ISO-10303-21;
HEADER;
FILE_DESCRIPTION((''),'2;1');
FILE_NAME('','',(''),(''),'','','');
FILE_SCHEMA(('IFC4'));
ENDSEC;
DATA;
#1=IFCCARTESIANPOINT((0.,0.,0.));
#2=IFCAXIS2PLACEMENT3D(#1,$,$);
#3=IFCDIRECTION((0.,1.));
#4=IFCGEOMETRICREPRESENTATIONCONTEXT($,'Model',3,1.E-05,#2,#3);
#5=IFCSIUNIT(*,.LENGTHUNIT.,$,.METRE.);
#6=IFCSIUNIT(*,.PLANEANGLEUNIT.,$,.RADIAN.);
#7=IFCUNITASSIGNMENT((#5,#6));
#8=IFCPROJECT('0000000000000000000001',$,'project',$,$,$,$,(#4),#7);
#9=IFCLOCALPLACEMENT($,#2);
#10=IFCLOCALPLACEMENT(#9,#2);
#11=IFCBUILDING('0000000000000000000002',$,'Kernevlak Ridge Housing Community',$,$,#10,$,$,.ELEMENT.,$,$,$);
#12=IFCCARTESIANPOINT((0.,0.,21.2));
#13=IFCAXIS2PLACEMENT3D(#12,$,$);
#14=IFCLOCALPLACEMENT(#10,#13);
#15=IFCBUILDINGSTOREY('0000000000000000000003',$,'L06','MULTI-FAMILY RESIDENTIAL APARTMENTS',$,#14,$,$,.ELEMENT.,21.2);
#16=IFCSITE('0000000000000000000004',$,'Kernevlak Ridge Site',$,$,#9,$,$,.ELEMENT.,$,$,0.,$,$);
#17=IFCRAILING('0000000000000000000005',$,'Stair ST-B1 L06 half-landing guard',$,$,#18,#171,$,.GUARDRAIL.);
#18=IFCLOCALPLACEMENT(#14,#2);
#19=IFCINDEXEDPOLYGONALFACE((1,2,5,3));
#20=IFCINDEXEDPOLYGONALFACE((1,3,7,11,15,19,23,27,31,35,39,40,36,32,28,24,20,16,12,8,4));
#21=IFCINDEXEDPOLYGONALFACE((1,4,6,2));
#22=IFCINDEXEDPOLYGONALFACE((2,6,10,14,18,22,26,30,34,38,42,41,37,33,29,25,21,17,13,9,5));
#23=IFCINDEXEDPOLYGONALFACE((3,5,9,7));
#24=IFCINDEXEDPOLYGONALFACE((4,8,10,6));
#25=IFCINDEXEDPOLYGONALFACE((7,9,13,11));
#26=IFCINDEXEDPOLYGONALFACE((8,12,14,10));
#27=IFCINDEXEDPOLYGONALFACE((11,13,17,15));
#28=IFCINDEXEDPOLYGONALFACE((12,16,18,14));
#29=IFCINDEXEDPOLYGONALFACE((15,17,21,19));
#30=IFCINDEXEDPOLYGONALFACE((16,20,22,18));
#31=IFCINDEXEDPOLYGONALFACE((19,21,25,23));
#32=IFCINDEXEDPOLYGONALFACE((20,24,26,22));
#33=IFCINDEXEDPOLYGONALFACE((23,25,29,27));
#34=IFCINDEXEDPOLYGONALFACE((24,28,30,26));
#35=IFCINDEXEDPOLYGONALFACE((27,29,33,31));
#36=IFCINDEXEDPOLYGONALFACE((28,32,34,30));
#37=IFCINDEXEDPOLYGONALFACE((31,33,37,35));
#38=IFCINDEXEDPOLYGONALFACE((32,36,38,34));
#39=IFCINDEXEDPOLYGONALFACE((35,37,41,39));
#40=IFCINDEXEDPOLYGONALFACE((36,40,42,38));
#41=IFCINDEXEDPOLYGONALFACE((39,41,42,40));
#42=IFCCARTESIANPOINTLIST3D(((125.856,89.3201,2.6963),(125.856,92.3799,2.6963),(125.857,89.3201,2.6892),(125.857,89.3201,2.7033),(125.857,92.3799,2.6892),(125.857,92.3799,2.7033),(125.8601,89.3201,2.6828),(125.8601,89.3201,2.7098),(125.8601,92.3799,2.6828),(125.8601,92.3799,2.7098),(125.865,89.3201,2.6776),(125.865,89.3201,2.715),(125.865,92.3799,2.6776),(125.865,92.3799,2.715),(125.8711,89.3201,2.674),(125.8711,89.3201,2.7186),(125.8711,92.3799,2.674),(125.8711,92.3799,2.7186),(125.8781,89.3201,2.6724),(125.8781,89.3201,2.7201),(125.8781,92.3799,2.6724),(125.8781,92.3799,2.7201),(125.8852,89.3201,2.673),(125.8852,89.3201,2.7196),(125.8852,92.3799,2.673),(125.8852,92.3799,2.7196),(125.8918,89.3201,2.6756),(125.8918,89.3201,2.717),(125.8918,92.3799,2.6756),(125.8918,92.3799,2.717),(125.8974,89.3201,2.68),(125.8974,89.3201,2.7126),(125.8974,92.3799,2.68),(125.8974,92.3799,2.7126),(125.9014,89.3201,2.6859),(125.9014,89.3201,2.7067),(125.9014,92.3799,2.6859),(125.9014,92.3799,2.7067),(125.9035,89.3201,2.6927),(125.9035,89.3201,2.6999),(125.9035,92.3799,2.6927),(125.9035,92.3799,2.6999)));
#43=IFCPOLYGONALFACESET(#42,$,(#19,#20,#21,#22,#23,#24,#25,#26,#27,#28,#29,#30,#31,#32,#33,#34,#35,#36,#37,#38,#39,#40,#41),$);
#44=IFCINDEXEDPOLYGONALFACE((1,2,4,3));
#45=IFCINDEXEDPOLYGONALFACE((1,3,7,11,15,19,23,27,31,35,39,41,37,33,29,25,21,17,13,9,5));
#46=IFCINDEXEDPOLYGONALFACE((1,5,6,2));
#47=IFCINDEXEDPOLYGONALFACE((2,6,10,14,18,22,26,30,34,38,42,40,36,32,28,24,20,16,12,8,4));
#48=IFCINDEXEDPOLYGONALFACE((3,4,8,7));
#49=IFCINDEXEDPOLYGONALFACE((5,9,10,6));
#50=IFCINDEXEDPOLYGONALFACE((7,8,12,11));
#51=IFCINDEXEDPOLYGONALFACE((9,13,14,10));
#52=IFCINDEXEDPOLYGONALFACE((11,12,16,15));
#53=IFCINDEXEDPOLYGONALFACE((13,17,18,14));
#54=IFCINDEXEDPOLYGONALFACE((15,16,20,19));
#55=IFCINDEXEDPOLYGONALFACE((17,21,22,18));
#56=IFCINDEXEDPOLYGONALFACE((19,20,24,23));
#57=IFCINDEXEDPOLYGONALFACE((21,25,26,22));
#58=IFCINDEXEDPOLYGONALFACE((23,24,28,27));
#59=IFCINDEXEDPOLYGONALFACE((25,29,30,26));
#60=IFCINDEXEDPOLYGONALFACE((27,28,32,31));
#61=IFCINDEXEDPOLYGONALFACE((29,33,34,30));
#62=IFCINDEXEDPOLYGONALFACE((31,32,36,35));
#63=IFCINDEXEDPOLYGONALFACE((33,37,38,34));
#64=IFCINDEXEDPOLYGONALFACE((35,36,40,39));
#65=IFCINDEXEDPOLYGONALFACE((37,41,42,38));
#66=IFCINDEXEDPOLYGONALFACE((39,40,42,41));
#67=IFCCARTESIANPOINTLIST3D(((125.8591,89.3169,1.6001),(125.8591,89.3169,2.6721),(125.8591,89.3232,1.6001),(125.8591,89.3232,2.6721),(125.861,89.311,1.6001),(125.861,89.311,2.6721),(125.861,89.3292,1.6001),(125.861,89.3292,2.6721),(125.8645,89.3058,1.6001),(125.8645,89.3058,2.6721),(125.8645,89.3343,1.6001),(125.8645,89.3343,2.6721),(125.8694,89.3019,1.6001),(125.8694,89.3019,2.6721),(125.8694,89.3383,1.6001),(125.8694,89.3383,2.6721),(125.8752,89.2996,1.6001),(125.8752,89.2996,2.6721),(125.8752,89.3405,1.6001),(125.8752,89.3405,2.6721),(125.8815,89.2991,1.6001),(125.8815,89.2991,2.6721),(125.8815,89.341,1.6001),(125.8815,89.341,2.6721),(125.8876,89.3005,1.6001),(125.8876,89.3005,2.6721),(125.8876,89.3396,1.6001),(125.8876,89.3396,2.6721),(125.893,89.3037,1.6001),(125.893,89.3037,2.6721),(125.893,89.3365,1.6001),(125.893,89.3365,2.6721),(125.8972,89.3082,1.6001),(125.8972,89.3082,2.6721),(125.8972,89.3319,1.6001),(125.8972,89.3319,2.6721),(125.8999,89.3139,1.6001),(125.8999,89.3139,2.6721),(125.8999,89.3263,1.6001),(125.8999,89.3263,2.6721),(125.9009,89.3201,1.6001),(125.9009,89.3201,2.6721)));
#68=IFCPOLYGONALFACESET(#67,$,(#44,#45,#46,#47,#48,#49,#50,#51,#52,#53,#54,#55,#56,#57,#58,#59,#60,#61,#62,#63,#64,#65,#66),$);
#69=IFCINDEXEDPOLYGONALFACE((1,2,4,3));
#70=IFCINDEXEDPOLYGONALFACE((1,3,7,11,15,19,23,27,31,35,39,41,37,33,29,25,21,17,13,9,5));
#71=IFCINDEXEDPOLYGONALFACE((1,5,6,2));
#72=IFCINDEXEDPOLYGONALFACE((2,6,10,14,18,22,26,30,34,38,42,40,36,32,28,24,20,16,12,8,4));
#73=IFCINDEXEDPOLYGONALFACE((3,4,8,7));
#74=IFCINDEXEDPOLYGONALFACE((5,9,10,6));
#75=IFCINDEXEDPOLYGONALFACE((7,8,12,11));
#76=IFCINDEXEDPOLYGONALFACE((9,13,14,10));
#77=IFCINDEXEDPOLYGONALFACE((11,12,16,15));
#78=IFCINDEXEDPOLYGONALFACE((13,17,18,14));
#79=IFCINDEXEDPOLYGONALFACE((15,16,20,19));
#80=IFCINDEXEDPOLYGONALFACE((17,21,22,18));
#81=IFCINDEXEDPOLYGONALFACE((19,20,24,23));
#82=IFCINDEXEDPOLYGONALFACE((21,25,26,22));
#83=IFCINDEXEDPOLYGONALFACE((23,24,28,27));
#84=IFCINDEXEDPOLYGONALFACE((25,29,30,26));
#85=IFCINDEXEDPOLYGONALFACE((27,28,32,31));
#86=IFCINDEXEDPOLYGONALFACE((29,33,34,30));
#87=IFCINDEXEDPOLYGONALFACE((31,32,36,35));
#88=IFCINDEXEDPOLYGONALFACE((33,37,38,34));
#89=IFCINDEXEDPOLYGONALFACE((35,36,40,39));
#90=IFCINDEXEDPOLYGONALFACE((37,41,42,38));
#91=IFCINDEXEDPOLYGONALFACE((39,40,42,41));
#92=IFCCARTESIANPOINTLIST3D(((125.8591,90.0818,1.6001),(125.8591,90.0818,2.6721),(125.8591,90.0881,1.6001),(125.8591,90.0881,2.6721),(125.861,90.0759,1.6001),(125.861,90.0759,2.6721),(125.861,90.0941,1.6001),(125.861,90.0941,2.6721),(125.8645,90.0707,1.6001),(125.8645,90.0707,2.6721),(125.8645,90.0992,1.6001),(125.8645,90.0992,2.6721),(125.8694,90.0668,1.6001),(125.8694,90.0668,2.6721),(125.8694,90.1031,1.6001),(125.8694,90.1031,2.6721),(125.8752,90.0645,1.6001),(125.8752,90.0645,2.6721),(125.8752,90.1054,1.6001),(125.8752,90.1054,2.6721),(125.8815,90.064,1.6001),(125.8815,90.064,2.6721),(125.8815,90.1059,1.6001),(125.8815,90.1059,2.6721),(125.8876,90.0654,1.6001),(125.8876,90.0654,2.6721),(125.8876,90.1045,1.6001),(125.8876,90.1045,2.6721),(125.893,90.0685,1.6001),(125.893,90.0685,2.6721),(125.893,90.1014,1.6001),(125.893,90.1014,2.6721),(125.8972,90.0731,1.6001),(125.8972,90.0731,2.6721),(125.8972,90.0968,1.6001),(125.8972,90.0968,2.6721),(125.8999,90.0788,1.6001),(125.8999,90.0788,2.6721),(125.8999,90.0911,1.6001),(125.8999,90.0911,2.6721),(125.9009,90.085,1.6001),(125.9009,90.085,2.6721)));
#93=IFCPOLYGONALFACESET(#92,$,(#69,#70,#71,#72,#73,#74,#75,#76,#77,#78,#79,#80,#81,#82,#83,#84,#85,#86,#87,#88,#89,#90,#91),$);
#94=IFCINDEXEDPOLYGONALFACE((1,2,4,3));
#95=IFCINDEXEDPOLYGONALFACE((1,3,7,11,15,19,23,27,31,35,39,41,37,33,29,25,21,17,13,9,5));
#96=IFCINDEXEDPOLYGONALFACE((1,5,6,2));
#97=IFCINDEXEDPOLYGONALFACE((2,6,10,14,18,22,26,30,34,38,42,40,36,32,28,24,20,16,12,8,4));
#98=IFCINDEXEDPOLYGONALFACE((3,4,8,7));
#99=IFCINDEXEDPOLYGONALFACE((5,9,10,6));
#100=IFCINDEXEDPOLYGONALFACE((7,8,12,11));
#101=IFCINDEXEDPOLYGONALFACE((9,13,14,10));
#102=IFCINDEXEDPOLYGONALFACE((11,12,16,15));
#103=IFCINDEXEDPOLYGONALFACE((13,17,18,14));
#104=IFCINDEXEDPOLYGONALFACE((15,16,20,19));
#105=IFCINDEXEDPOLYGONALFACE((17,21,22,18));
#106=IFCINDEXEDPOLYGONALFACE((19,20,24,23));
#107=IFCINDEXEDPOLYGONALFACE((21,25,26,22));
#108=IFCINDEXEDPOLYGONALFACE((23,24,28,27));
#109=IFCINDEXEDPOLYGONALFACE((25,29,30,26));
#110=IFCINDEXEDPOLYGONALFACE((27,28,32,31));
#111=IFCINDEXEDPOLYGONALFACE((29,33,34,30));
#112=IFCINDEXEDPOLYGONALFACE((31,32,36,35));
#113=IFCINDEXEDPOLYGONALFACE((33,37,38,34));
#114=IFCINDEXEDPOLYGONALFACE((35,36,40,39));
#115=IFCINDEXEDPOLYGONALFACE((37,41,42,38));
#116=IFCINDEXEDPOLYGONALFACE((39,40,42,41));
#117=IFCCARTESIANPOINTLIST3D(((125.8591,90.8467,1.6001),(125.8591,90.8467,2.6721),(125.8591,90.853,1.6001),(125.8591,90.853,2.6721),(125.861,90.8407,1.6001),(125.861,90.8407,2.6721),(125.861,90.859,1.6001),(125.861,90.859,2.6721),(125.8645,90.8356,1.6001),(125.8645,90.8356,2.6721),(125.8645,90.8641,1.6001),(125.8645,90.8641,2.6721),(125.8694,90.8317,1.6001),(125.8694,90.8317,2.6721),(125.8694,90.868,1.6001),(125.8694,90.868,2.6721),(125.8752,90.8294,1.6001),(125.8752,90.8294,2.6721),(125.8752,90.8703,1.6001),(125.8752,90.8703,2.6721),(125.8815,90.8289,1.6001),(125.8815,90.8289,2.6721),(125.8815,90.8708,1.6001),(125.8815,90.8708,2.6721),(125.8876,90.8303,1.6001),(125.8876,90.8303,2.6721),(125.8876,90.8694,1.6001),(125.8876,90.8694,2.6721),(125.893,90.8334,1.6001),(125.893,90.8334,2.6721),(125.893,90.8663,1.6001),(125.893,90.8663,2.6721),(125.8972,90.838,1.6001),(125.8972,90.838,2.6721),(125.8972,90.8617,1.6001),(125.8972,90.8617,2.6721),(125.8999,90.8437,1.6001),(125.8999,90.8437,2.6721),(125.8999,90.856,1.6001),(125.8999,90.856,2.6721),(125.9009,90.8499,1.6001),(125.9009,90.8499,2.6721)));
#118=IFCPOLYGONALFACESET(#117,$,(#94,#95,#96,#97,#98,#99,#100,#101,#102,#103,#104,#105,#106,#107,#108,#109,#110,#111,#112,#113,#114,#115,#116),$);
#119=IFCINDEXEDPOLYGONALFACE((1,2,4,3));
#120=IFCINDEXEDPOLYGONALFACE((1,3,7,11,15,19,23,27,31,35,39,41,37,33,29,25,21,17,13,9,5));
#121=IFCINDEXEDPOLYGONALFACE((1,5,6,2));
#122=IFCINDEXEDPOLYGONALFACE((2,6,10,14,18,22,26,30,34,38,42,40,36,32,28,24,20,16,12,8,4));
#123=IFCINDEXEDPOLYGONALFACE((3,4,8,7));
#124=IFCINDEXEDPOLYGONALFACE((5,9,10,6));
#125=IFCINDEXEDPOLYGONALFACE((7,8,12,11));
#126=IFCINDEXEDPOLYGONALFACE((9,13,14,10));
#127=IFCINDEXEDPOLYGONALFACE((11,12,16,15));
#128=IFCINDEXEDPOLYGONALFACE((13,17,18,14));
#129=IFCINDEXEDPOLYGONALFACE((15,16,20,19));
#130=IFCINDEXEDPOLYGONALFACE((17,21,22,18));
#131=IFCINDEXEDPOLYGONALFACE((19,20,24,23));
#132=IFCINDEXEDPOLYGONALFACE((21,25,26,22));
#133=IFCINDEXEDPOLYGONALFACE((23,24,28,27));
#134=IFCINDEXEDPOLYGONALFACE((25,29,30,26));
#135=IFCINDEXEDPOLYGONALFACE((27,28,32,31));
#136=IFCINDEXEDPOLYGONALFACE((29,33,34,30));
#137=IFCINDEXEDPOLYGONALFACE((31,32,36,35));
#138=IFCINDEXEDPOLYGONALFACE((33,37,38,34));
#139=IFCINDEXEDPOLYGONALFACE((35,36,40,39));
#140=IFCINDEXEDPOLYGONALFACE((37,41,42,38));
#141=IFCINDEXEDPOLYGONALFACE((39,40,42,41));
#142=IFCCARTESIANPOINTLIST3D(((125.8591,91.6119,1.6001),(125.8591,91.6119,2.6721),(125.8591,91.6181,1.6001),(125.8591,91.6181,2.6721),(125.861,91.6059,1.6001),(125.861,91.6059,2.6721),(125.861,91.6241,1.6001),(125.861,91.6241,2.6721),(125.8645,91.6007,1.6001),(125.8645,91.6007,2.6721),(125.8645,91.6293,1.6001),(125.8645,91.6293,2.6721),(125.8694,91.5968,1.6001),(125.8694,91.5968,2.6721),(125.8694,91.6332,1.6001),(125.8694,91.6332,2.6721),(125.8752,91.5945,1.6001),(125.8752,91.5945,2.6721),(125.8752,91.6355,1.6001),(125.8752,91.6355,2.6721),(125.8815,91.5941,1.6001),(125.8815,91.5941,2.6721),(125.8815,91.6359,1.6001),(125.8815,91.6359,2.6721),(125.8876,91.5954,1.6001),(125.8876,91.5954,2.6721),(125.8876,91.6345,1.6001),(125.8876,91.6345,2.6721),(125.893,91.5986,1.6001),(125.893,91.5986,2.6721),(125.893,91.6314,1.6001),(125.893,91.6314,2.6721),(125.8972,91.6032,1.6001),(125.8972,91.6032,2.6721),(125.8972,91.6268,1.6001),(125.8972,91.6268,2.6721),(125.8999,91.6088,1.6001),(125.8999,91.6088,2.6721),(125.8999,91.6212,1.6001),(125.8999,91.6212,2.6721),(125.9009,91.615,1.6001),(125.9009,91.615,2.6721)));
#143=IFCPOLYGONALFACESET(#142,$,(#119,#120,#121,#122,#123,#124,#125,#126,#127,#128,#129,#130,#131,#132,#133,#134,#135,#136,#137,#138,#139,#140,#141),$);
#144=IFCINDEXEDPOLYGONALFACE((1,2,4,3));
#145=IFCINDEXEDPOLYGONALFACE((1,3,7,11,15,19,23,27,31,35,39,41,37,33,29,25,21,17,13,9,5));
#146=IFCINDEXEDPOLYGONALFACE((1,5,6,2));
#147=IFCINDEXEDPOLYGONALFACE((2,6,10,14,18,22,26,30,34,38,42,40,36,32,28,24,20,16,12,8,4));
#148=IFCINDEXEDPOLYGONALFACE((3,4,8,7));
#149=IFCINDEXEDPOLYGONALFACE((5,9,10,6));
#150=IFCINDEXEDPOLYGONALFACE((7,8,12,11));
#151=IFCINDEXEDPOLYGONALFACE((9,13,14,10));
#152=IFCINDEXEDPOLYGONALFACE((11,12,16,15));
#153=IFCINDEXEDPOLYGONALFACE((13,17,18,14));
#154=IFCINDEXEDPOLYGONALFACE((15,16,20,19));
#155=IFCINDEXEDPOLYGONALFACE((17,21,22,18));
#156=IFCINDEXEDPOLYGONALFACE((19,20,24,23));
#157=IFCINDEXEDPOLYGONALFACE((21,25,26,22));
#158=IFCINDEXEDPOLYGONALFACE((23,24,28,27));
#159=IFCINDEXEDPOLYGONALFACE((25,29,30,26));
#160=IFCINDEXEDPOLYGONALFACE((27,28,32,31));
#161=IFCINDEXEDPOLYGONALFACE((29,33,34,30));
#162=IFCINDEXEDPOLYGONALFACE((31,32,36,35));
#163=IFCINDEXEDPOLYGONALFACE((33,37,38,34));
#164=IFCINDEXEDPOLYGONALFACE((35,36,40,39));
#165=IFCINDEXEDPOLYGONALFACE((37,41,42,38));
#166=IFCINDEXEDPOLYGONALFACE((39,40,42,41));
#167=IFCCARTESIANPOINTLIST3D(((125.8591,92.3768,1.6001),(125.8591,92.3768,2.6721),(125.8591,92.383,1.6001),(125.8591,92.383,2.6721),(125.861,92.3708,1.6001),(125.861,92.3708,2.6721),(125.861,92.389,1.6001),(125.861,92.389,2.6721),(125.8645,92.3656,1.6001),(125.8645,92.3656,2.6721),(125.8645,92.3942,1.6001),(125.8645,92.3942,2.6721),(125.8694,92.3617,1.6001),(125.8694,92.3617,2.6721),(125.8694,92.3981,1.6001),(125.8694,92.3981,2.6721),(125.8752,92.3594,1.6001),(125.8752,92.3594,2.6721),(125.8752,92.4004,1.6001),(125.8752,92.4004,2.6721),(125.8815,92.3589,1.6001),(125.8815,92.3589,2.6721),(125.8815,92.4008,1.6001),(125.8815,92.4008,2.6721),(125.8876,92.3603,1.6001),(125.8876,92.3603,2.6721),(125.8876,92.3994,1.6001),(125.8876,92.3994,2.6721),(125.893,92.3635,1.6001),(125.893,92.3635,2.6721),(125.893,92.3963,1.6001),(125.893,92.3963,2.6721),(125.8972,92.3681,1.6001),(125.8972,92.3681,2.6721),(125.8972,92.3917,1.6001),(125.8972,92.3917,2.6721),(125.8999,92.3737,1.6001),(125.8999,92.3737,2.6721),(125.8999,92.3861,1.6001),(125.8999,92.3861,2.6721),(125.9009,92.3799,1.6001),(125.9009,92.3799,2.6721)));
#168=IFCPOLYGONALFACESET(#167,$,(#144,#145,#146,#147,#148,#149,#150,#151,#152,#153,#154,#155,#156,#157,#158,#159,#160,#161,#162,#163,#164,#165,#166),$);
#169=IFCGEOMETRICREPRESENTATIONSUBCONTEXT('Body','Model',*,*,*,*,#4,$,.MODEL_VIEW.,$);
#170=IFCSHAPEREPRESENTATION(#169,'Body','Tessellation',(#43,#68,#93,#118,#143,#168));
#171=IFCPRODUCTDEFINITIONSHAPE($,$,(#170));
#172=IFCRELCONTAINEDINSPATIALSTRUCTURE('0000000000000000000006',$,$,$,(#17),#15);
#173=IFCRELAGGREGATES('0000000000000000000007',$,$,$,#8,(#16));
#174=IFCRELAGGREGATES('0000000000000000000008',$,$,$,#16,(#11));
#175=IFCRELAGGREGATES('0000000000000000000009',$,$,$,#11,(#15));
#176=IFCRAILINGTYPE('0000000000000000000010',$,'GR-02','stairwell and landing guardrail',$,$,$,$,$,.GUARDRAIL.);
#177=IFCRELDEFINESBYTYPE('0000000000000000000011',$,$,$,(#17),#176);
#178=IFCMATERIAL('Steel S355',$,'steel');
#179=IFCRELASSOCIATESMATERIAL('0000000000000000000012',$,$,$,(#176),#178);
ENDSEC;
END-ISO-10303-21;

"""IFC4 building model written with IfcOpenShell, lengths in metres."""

from ifc_helpers import new_model, si_unit, direction, frame, origin, origin_2d, place, context, subcontext, project, spatial, circle, extrude, material, type_object, element, save


model = new_model("IFC4")

# Units and contexts
model_context = context("Model", 3, precision=1e-05, world=origin(), true_north=direction((0.0, 1.0)))
body_context = subcontext(model_context, "Body", "Model", "MODEL_VIEW")
ifc_project = project(units=[si_unit("LENGTHUNIT", "METRE"), si_unit("PLANEANGLEUNIT", "RADIAN")], contexts=[model_context])

# Site, building, storey
site_placement = place(None, origin())
site = spatial("IfcSite", under=ifc_project, at=site_placement, Name="Kernevlak Ridge Site", CompositionType="ELEMENT", RefElevation=0.0)
building_placement = place(site_placement, origin())
building = spatial("IfcBuilding", under=site, at=building_placement, Name="Kernevlak Ridge Housing Community", CompositionType="ELEMENT")
storey_placement = place(building_placement, frame((0.0, 0.0, 21.2)))
storey = spatial("IfcBuildingStorey", under=building, at=storey_placement, Name="L06", Description="MULTI-FAMILY RESIDENTIAL APARTMENTS", CompositionType="ELEMENT", Elevation=21.2)

# Railing
ifc_material_1 = material(Name="Steel S355", Category="steel")
railing_type_1 = type_object("IfcRailingType", Name="GR-02", Description="stairwell and landing guardrail", PredefinedType="GUARDRAIL", material=ifc_material_1)
railing_1_placement = place(storey_placement, frame((125.8799, 89.3201, 1.6001)))
element("IfcRailing", 1, at=railing_1_placement, inside=storey, type_object=railing_type_1, Name="Stair ST-B1 L06 half-landing guard", PredefinedType="GUARDRAIL", context=body_context, shape_type="SweptSolid", body=[
    extrude(circle(Radius=0.0239, at=origin_2d()), frame((0.0, 0.0, 1.0962), z_axis=(0.0, 1.0, 0.0), x_axis=(-1.0, 0.0, 0.0)), (0.0, 0.0, 1.0), 3.0598),
    extrude(circle(Radius=0.021, at=origin_2d()), origin(), (0.0, 0.0, 1.0), 1.072),
    extrude(circle(Radius=0.021, at=origin_2d()), frame((0.0, 0.7649, 0.0)), (0.0, 0.0, 1.0), 1.072),
    extrude(circle(Radius=0.021, at=origin_2d()), frame((0.0, 1.5298, 0.0)), (0.0, 0.0, 1.0), 1.072),
    extrude(circle(Radius=0.021, at=origin_2d()), frame((0.0, 2.2949, 0.0)), (0.0, 0.0, 1.0), 1.072),
    extrude(circle(Radius=0.021, at=origin_2d()), frame((0.0, 3.0598, 0.0)), (0.0, 0.0, 1.0), 1.072),
])

save(model, "model.ifc")
